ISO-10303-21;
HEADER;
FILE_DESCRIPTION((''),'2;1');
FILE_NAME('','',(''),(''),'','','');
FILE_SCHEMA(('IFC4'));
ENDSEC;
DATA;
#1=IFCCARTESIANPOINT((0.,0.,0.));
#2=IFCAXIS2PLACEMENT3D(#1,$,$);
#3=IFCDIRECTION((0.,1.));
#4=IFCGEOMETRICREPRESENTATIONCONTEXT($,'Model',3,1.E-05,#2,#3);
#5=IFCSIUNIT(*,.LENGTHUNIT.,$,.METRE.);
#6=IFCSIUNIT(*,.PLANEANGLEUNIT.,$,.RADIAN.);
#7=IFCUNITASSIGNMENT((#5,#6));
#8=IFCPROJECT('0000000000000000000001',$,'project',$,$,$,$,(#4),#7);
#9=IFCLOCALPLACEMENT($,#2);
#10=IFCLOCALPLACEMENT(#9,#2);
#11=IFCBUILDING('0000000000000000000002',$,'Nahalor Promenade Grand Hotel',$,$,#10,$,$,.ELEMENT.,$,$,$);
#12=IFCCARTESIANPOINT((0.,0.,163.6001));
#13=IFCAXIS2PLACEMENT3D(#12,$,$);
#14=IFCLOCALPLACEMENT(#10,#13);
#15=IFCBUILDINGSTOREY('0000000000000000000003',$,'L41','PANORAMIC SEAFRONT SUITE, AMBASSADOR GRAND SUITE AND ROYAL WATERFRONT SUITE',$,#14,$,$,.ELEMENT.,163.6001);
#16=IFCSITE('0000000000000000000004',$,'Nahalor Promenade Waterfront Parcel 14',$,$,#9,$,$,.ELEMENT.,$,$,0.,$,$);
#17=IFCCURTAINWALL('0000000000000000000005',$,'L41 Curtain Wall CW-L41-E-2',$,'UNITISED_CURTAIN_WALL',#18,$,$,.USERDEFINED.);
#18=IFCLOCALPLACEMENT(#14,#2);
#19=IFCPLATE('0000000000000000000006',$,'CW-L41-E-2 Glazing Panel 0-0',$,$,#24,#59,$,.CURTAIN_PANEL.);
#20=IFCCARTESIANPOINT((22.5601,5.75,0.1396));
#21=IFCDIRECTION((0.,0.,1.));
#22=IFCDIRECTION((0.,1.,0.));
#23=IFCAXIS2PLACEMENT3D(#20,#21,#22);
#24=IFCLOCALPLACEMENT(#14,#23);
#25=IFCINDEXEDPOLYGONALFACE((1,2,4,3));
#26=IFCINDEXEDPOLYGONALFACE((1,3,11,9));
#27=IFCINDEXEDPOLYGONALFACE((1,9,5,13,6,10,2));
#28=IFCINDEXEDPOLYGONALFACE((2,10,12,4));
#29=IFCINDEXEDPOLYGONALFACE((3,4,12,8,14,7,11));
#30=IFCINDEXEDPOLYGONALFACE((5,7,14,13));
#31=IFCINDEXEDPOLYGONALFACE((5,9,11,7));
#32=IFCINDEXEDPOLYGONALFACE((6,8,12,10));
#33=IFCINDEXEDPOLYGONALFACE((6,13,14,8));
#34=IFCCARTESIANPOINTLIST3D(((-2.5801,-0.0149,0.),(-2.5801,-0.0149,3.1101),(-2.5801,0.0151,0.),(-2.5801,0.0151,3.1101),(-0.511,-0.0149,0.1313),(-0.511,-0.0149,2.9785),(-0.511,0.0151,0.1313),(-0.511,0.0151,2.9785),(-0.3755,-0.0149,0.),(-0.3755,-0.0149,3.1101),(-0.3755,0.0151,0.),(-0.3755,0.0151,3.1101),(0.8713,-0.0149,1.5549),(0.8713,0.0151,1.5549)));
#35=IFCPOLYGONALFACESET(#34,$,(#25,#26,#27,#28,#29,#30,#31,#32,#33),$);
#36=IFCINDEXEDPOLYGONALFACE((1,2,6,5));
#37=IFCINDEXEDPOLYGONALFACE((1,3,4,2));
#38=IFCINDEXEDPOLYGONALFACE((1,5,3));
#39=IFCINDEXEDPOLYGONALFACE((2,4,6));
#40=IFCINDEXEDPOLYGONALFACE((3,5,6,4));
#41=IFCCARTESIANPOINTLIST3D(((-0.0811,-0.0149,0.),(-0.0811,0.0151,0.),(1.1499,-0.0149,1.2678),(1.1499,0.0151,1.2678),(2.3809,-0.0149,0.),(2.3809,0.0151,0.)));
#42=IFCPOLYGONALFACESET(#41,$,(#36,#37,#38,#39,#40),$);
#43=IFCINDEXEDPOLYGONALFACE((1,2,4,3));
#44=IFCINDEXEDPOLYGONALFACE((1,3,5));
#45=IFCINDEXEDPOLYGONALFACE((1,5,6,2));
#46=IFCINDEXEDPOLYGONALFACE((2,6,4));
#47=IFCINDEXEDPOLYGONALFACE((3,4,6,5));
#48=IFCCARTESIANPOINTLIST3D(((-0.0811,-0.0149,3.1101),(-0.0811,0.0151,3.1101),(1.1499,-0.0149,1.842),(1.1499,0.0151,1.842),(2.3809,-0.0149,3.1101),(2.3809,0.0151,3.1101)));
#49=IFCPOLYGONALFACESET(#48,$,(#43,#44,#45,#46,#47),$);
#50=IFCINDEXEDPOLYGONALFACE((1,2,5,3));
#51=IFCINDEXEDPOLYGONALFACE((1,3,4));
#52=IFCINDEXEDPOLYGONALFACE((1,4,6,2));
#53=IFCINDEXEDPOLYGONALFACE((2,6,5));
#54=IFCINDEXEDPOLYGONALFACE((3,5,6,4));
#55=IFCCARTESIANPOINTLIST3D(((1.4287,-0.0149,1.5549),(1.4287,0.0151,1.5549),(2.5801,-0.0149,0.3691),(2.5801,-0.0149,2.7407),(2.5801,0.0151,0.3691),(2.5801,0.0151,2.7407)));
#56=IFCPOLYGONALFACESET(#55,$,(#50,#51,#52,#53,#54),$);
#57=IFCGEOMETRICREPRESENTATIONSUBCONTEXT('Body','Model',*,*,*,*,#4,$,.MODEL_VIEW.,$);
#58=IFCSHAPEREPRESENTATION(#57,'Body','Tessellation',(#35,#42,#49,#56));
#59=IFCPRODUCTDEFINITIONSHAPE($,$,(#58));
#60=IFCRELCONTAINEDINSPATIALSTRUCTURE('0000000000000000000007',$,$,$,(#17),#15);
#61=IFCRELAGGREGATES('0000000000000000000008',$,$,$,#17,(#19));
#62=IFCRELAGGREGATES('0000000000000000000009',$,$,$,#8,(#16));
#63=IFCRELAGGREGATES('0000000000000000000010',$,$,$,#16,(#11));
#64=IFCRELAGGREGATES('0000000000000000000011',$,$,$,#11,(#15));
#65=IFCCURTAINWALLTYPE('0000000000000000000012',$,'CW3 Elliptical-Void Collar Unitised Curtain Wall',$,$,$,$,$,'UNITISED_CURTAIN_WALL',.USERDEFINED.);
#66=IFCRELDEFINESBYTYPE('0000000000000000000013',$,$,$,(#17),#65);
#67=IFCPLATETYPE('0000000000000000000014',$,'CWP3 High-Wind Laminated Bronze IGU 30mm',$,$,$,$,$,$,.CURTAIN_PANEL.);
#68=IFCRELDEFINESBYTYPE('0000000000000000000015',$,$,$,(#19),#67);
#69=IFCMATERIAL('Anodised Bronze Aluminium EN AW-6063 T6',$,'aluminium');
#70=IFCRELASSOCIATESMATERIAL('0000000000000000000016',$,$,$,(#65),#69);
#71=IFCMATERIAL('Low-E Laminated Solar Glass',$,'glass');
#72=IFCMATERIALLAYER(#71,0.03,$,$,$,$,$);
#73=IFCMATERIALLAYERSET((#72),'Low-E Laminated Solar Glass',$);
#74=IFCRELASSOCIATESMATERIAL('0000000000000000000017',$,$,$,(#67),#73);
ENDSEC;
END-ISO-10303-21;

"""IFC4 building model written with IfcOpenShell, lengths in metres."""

from ifc_helpers import new_model, si_unit, direction, frame, origin, place, context, subcontext, project, spatial, polyline, outline, extrude, material, layer, layer_set, type_object, element, aggregate, save


model = new_model("IFC4")

# Units and contexts
model_context = context("Model", 3, precision=1e-05, world=origin(), true_north=direction((0.0, 1.0)))
body_context = subcontext(model_context, "Body", "Model", "MODEL_VIEW")
ifc_project = project(units=[si_unit("LENGTHUNIT", "METRE"), si_unit("PLANEANGLEUNIT", "RADIAN")], contexts=[model_context])

# Site, building, storey
site_placement = place(None, origin())
site = spatial("IfcSite", under=ifc_project, at=site_placement, Name="Nahalor Promenade Waterfront Parcel 14", CompositionType="ELEMENT", RefElevation=0.0)
building_placement = place(site_placement, origin())
building = spatial("IfcBuilding", under=site, at=building_placement, Name="Nahalor Promenade Grand Hotel", CompositionType="ELEMENT")
storey_placement = place(building_placement, frame((0.0, 0.0, 163.6001)))
storey = spatial("IfcBuildingStorey", under=building, at=storey_placement, Name="L41", Description="PANORAMIC SEAFRONT SUITE, AMBASSADOR GRAND SUITE AND ROYAL WATERFRONT SUITE", CompositionType="ELEMENT", Elevation=163.6001)

# Curtain wall
ifc_material_1 = material(Name="Anodised Bronze Aluminium EN AW-6063 T6", Category="aluminium")
curtain_wall_type = type_object("IfcCurtainWallType", Name="CW3 Elliptical-Void Collar Unitised Curtain Wall", ElementType="UNITISED_CURTAIN_WALL", PredefinedType="USERDEFINED", material=ifc_material_1)
curtain_wall_1_placement = place(storey_placement, origin())
curtain_wall_1 = element("IfcCurtainWall", 1, at=curtain_wall_1_placement, inside=storey, type_object=curtain_wall_type, Name="L41 Curtain Wall CW-L41-E-2", ObjectType="UNITISED_CURTAIN_WALL", PredefinedType="USERDEFINED")

# Plate
ifc_material_2 = material(Name="Low-E Laminated Solar Glass", Category="glass")
ifc_layer_1 = layer(ifc_material_2, 0.03)
ifc_layer_set_1 = layer_set([ifc_layer_1], Name="Low-E Laminated Solar Glass")
plate_type_1 = type_object("IfcPlateType", Name="CWP3 High-Wind Laminated Bronze IGU 30mm", PredefinedType="CURTAIN_PANEL", material=ifc_layer_set_1)
plate_1_placement = place(storey_placement, frame((22.5601, 5.75, 0.1396), z_axis=(0.0, 0.0, 1.0), x_axis=(0.0, 1.0, 0.0)))
plate_1 = element("IfcPlate", 2, at=plate_1_placement, type_object=plate_type_1, Name="CW-L41-E-2 Glazing Panel 0-0", PredefinedType="CURTAIN_PANEL", context=body_context, shape_type="SweptSolid", body=[
    extrude(outline(polyline([(-2.5801, 3.1101), (-2.5801, 0.0), (-0.3755, 0.0), (-0.511, 0.1313), (0.8713, 1.5549), (-0.511, 2.9785), (-0.3755, 3.1101), (-2.5801, 3.1101)])), frame((0.0, 0.0151, 0.0), z_axis=(0.0, -1.0, 0.0), x_axis=(1.0, 0.0, 0.0)), (0.0, 0.0, 1.0), 0.03),
    extrude(outline(polyline([(1.1499, 1.2678), (-0.0811, 0.0), (2.3809, 0.0), (1.1499, 1.2678)])), frame((0.0, 0.0151, 0.0), z_axis=(0.0, -1.0, 0.0), x_axis=(1.0, 0.0, 0.0)), (0.0, 0.0, 1.0), 0.03),
    extrude(outline(polyline([(1.1499, 1.842), (2.3809, 3.1101), (-0.0811, 3.1101), (1.1499, 1.842)])), frame((0.0, 0.0151, 0.0), z_axis=(0.0, -1.0, 0.0), x_axis=(1.0, 0.0, 0.0)), (0.0, 0.0, 1.0), 0.03),
    extrude(outline(polyline([(1.4287, 1.5549), (2.5801, 0.3691), (2.5801, 2.7407), (1.4287, 1.5549)])), frame((0.0, 0.0151, 0.0), z_axis=(0.0, -1.0, 0.0), x_axis=(1.0, 0.0, 0.0)), (0.0, 0.0, 1.0), 0.03),
])
aggregate(curtain_wall_1, [plate_1])

save(model, "model.ifc")
